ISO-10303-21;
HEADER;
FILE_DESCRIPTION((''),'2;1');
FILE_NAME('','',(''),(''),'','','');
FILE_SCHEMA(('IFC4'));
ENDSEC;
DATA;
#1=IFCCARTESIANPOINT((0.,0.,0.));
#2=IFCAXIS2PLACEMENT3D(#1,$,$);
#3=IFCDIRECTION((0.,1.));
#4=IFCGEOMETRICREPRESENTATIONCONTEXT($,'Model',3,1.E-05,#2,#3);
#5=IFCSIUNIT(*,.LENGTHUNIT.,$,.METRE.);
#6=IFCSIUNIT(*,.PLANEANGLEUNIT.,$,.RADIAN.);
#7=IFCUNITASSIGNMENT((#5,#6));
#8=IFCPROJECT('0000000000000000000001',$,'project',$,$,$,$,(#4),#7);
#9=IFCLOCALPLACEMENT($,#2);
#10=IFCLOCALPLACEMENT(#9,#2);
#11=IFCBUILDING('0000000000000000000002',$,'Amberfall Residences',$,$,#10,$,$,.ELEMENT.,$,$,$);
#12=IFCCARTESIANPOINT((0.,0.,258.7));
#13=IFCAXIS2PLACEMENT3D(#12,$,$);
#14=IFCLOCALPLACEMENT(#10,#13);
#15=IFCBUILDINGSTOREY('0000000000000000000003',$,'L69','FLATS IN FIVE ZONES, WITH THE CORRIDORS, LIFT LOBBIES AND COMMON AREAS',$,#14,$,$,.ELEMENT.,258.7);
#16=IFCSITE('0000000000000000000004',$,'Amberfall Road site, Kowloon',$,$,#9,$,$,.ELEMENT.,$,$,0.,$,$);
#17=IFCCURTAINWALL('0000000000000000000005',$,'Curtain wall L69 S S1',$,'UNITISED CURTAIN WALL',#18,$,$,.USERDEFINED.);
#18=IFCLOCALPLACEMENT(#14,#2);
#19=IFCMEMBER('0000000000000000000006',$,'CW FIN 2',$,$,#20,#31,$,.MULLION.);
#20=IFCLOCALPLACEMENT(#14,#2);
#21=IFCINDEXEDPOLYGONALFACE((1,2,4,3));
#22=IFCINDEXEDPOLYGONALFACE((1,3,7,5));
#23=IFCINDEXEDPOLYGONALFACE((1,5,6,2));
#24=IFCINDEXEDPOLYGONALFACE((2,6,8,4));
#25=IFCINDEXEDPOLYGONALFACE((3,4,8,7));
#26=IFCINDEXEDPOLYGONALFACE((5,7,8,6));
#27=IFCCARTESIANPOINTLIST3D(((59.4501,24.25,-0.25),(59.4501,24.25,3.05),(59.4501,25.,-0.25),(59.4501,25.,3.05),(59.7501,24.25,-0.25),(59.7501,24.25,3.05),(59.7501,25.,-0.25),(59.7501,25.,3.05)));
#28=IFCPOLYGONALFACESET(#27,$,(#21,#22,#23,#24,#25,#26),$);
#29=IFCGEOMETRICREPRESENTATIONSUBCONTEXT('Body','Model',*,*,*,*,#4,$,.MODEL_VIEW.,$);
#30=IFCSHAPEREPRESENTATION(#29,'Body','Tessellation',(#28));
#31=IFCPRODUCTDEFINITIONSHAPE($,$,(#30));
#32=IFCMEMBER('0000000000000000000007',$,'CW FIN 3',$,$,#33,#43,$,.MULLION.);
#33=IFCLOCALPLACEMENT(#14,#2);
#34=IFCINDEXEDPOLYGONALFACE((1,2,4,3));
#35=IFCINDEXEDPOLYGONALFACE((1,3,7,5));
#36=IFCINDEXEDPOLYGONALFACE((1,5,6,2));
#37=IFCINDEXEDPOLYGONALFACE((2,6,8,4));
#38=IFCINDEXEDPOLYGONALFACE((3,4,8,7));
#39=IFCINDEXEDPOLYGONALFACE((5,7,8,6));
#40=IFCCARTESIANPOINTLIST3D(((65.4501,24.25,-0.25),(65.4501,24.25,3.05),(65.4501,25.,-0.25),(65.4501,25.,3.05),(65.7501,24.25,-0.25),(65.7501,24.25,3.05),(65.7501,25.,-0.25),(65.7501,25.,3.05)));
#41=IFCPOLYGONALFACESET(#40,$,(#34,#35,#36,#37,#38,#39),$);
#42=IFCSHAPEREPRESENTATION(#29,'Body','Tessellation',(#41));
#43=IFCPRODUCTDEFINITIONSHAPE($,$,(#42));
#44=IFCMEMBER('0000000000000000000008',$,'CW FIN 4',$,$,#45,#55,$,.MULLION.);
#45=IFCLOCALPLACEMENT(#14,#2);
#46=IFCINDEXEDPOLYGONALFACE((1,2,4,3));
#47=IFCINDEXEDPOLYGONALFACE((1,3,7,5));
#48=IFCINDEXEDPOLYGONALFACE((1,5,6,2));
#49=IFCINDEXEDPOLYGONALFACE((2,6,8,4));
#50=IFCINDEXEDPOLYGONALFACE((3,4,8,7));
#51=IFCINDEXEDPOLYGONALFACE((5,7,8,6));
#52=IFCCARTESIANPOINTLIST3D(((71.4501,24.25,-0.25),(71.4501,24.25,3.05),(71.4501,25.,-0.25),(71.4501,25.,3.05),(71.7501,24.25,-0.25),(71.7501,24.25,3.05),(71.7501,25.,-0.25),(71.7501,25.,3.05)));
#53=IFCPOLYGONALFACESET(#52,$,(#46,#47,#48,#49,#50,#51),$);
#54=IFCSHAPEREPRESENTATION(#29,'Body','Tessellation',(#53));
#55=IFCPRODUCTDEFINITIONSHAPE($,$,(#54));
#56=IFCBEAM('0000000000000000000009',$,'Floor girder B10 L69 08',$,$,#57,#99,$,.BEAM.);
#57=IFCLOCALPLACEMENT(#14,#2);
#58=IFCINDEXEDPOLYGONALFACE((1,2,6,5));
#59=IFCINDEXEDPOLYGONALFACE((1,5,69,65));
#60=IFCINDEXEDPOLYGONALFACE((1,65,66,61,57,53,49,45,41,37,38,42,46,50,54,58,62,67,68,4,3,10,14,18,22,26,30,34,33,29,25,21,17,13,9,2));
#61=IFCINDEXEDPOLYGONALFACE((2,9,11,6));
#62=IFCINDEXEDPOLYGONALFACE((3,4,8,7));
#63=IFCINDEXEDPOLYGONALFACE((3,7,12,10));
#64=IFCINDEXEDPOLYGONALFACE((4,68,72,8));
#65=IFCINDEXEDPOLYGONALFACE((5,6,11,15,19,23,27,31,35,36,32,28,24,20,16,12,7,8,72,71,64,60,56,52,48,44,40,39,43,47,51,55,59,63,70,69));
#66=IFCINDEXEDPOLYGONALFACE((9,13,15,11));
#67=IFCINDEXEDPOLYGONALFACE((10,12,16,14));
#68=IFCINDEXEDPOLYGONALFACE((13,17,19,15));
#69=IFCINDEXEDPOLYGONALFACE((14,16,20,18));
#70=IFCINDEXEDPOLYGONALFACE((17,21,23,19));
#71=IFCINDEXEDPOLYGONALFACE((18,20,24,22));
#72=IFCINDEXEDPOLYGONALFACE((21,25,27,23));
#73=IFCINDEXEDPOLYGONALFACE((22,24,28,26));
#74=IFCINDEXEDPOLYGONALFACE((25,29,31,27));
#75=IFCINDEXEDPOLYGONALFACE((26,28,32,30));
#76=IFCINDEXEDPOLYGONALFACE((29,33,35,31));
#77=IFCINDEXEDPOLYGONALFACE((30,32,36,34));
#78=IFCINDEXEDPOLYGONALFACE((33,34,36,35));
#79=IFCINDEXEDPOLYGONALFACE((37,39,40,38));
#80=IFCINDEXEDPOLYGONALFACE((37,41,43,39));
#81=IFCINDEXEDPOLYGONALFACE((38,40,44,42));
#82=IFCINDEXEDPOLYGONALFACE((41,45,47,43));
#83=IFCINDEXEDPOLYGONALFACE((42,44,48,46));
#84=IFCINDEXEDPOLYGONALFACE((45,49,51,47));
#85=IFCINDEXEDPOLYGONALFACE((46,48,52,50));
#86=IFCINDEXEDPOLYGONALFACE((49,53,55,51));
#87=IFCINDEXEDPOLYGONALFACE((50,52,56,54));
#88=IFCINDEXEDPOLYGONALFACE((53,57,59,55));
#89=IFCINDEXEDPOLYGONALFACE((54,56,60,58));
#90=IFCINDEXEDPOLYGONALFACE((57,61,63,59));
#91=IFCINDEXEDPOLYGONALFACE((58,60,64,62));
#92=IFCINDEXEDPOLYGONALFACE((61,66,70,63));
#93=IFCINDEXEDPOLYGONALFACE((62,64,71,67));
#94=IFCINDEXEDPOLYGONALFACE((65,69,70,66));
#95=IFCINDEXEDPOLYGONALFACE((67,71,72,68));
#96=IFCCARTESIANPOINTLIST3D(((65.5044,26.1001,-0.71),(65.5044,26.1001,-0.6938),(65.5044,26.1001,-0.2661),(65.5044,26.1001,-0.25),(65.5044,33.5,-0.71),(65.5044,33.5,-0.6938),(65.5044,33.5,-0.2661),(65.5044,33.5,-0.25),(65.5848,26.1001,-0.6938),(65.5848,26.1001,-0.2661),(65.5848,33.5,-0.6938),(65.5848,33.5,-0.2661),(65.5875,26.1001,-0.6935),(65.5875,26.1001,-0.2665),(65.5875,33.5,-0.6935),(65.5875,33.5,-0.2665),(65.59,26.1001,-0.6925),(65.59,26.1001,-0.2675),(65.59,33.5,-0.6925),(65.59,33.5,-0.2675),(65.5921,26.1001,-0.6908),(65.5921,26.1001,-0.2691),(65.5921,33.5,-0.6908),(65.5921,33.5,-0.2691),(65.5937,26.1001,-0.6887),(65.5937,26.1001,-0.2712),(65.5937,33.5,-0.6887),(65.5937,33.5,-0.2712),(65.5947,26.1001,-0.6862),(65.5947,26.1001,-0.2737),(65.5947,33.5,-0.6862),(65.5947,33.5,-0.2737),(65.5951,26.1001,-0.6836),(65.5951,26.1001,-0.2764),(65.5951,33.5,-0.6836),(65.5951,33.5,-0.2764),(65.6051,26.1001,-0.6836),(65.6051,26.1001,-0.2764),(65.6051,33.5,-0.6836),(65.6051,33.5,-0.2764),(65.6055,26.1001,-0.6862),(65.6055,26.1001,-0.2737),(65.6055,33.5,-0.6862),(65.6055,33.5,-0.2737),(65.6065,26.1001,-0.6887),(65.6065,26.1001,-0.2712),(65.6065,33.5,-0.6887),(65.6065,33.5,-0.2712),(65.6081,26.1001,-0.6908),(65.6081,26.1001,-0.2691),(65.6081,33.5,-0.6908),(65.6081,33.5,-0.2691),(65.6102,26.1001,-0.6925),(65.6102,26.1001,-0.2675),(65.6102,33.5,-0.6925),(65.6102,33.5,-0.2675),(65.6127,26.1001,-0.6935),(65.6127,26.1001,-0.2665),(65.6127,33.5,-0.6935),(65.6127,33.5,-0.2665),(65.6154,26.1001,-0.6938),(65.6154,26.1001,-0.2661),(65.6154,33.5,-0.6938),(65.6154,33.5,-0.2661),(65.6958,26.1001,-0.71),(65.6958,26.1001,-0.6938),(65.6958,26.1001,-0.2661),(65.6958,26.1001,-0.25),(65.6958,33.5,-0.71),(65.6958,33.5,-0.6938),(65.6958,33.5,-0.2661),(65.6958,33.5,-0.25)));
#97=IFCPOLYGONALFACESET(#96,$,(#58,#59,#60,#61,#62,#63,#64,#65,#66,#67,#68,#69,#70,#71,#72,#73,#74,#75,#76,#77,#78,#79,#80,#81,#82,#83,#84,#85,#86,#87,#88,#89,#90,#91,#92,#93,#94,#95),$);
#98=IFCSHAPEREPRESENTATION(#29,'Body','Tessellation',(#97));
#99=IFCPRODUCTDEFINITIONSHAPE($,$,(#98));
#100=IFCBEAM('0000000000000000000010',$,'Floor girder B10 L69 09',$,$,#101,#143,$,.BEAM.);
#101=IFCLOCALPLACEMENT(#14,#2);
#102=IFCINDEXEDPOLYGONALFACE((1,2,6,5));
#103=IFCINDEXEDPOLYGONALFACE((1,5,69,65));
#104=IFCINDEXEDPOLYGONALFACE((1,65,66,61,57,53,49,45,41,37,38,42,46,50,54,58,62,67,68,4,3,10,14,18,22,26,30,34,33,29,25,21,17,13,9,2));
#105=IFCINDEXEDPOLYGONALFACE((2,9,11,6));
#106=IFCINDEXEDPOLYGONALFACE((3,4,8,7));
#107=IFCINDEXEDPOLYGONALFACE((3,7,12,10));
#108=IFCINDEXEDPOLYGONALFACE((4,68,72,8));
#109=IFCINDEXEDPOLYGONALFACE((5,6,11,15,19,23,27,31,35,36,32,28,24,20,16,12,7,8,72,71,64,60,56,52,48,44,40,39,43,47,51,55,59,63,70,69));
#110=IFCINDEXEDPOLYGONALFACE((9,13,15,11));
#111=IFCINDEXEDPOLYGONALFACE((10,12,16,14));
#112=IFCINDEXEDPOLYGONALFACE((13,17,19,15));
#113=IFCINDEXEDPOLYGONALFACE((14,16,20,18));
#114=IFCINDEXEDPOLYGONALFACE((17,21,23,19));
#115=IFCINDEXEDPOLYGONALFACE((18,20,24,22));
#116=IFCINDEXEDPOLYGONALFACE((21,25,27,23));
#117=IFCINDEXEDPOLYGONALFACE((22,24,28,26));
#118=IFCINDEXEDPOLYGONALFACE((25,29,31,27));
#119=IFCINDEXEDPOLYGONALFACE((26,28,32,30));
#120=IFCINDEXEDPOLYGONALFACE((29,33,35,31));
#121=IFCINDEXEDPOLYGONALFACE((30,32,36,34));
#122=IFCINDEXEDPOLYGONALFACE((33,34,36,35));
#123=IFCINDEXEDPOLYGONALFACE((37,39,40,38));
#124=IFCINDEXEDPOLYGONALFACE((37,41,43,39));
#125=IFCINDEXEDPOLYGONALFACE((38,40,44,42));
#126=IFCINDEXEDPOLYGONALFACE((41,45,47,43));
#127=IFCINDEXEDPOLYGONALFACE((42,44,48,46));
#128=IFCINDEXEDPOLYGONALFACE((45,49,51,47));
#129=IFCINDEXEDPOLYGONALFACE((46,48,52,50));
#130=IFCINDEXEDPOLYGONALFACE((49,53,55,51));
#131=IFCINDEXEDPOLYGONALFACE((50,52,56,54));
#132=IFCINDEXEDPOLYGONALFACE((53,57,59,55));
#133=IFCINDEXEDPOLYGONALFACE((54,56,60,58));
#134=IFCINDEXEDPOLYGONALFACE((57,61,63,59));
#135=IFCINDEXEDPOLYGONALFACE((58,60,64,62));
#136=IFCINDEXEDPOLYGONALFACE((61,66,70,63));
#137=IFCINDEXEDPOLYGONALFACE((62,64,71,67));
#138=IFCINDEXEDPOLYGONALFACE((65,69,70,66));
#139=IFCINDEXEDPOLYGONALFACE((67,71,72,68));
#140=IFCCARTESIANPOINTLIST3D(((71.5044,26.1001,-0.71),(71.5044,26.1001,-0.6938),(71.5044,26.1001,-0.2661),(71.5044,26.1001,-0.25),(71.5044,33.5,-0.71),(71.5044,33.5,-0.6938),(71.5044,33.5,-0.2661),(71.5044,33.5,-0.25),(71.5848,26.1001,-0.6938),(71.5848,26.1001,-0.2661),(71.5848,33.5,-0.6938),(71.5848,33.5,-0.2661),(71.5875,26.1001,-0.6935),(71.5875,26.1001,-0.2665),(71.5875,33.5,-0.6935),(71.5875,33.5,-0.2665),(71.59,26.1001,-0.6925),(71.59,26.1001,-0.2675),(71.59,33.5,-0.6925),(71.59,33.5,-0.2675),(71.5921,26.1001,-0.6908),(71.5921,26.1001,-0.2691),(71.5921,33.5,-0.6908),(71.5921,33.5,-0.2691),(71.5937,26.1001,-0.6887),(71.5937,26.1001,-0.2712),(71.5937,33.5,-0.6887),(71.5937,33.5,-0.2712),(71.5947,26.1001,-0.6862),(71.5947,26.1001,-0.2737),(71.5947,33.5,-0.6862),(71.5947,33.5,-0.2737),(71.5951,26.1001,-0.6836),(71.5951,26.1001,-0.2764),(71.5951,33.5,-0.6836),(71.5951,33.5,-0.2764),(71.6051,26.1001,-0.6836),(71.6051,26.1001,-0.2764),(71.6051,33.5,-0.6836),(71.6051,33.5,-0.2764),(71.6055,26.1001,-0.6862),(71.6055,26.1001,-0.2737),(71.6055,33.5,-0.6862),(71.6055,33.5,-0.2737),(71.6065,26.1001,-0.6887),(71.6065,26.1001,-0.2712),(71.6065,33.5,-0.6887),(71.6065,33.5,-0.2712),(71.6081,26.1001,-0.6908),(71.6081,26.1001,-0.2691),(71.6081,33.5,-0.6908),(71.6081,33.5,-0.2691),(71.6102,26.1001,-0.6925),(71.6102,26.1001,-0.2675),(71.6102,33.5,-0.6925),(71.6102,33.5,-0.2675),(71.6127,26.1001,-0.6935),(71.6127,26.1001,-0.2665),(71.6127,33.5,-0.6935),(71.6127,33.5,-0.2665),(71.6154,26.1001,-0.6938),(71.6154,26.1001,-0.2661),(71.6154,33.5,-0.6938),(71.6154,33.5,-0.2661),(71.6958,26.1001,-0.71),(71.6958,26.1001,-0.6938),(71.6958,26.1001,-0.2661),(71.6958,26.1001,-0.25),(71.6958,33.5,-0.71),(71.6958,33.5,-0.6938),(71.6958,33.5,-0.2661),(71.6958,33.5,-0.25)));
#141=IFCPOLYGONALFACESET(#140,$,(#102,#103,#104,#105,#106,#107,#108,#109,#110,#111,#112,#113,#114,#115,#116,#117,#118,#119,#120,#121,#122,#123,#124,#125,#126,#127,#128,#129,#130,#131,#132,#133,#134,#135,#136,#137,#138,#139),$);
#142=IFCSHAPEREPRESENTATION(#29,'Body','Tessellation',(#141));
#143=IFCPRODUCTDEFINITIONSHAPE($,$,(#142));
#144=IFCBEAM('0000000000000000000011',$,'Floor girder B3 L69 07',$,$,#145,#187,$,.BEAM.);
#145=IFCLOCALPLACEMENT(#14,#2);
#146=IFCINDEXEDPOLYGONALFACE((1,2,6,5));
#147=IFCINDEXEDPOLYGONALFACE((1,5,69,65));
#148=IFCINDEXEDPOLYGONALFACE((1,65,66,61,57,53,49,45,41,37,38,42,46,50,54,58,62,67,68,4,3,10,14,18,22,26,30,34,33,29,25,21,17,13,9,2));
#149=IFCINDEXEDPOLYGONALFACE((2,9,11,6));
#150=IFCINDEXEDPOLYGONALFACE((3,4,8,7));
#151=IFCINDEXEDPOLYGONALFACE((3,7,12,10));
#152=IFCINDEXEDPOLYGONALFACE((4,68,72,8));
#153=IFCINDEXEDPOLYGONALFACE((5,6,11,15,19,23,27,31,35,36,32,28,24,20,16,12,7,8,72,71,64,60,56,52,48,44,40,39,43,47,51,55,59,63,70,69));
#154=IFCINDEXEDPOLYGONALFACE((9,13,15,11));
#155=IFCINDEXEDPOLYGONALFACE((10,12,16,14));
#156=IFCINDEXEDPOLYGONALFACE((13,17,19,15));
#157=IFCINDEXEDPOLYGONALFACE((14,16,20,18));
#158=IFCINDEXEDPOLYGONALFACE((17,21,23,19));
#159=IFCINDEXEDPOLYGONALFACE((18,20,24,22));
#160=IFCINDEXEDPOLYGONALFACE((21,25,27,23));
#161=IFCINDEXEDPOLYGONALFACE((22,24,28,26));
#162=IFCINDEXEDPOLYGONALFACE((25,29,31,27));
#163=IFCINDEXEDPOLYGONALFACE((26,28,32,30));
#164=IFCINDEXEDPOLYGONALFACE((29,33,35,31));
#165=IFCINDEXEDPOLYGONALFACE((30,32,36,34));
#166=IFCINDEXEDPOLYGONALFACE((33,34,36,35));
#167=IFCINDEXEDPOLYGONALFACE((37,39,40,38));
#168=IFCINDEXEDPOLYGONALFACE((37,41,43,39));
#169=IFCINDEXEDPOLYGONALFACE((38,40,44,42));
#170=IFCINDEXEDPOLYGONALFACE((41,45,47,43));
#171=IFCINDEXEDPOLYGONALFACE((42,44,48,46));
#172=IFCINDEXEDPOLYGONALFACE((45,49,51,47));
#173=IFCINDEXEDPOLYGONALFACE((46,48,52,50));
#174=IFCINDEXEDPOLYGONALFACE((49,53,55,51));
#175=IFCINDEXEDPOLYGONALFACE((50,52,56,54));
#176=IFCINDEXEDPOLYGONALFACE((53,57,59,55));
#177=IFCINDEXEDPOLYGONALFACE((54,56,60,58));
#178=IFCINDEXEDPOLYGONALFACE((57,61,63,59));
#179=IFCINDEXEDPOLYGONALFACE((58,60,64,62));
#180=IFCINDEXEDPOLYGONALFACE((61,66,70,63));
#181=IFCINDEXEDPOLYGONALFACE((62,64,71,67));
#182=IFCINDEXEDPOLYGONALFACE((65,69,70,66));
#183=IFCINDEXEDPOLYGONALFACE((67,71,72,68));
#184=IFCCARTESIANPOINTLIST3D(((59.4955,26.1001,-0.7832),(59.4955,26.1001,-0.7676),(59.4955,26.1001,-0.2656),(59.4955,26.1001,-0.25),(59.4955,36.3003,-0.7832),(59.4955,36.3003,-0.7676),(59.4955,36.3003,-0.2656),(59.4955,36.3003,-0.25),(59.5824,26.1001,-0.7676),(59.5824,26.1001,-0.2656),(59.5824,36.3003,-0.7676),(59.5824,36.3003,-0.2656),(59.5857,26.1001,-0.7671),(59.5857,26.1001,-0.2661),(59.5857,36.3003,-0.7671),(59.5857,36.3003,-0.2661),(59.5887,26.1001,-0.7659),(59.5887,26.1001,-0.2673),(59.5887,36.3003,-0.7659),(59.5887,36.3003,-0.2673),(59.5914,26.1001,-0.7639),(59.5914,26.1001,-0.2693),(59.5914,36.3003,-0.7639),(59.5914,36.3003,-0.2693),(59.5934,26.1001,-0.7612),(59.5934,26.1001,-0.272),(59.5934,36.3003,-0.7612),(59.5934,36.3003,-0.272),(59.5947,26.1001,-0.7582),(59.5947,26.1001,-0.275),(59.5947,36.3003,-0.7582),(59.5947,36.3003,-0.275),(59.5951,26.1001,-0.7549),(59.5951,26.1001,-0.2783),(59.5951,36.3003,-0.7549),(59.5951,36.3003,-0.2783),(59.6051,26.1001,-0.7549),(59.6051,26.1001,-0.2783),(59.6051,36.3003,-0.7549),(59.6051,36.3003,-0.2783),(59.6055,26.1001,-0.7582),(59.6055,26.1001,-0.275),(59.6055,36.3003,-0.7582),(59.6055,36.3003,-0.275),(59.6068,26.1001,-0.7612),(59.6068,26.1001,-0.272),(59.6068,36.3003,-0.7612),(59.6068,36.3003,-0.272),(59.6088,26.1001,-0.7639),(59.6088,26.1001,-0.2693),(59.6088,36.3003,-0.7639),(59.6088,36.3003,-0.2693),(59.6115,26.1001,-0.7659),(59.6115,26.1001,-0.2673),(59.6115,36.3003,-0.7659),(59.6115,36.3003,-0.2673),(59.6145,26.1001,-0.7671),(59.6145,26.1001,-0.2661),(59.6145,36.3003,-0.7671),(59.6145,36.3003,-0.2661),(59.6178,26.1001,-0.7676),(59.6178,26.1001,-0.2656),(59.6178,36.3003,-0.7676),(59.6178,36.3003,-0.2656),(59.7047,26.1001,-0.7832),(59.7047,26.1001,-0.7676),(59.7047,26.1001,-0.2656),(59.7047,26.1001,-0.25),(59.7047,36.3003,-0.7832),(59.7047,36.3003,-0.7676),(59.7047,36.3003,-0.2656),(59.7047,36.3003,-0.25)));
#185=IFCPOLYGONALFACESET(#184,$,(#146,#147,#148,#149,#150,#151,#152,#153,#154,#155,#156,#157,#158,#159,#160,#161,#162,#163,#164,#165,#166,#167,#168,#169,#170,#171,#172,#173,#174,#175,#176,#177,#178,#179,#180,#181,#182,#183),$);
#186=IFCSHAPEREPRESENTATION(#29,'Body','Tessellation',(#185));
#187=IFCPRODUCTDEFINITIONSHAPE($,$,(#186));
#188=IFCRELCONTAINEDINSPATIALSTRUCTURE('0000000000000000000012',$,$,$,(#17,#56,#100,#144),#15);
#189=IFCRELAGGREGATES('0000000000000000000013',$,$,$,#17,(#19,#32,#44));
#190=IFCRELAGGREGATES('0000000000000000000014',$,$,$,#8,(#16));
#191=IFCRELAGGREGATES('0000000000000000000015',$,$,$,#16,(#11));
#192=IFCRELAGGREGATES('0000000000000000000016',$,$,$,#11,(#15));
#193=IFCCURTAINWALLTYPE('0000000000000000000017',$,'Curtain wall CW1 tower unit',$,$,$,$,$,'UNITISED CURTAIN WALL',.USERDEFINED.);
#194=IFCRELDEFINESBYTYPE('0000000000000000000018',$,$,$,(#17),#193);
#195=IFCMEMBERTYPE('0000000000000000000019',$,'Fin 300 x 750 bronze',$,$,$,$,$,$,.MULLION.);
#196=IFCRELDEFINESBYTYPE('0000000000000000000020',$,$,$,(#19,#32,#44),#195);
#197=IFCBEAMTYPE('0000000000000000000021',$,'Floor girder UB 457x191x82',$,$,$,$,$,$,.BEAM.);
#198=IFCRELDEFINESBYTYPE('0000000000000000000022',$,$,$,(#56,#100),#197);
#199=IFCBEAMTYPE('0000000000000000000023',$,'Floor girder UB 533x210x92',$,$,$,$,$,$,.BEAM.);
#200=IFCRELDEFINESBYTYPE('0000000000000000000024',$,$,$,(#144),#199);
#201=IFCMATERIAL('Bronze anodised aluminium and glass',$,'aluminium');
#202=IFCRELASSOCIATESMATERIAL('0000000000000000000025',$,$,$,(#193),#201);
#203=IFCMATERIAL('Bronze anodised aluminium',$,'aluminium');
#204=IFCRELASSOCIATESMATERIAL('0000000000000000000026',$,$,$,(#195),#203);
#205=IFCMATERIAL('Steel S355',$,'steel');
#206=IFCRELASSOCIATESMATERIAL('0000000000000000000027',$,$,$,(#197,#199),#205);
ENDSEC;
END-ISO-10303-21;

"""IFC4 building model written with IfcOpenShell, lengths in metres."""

from ifc_helpers import new_model, si_unit, direction, frame, origin, origin_2d, place, context, subcontext, project, spatial, rectangle, i_section, extrude, material, material_profile, profile_set, type_object, element, aggregate, save


model = new_model("IFC4")

# Units and contexts
model_context = context("Model", 3, precision=1e-05, world=origin(), true_north=direction((0.0, 1.0)))
body_context = subcontext(model_context, "Body", "Model", "MODEL_VIEW")
ifc_project = project(units=[si_unit("LENGTHUNIT", "METRE"), si_unit("PLANEANGLEUNIT", "RADIAN")], contexts=[model_context])

# Site, building, storey
site_placement = place(None, origin())
site = spatial("IfcSite", under=ifc_project, at=site_placement, Name="Amberfall Road site, Kowloon", CompositionType="ELEMENT", RefElevation=0.0)
building_placement = place(site_placement, origin())
building = spatial("IfcBuilding", under=site, at=building_placement, Name="Amberfall Residences", CompositionType="ELEMENT")
storey_placement = place(building_placement, frame((0.0, 0.0, 258.7)))
storey = spatial("IfcBuildingStorey", under=building, at=storey_placement, Name="L69", Description="FLATS IN FIVE ZONES, WITH THE CORRIDORS, LIFT LOBBIES AND COMMON AREAS", CompositionType="ELEMENT", Elevation=258.7)

# Curtain wall
ifc_material_1 = material(Name="Bronze anodised aluminium and glass", Category="aluminium")
curtain_wall_type = type_object("IfcCurtainWallType", Name="Curtain wall CW1 tower unit", ElementType="UNITISED CURTAIN WALL", PredefinedType="USERDEFINED", material=ifc_material_1)
curtain_wall_placement = place(storey_placement, origin())
curtain_wall = element("IfcCurtainWall", 1, at=curtain_wall_placement, inside=storey, type_object=curtain_wall_type, Name="Curtain wall L69 S S1", ObjectType="UNITISED CURTAIN WALL", PredefinedType="USERDEFINED")
ifc_material_2 = material(Name="Bronze anodised aluminium", Category="aluminium")

# Shared definitions
ifc_material_3 = material(Name="Steel S355", Category="steel")

# Members
ifc_material_profile_1 = material_profile(ifc_material_2, rectangle(XDim=0.75, YDim=0.3, at=origin_2d()), Name="Fin 300 x 750 bronze")
ifc_profile_set_1 = profile_set([ifc_material_profile_1], Name="Bronze anodised aluminium")
member_type_1 = type_object("IfcMemberType", Name="Fin 300 x 750 bronze", PredefinedType="MULLION", material=ifc_profile_set_1)
member_1_placement = place(storey_placement, frame((59.6001, 24.625, -0.25), z_axis=(0.0, 0.0, 1.0), x_axis=(0.0, 1.0, 0.0)))
member_1 = element("IfcMember", 2, at=member_1_placement, type_object=member_type_1, Name="CW FIN 2", PredefinedType="MULLION", context=body_context, shape_type="SweptSolid", body=[
    extrude(rectangle(XDim=0.75, YDim=0.3, at=origin_2d()), origin(), (0.0, 0.0, 1.0), 3.3),
])
member_2_placement = place(storey_placement, frame((65.6001, 24.625, -0.25), z_axis=(0.0, 0.0, 1.0), x_axis=(0.0, 1.0, 0.0)))
member_2 = element("IfcMember", 3, at=member_2_placement, type_object=member_type_1, Name="CW FIN 3", PredefinedType="MULLION", context=body_context, shape_type="SweptSolid", body=[
    extrude(rectangle(XDim=0.75, YDim=0.3, at=origin_2d()), origin(), (0.0, 0.0, 1.0), 3.3),
])
member_3_placement = place(storey_placement, frame((71.6001, 24.625, -0.25), z_axis=(0.0, 0.0, 1.0), x_axis=(0.0, 1.0, 0.0)))
member_3 = element("IfcMember", 4, at=member_3_placement, type_object=member_type_1, Name="CW FIN 4", PredefinedType="MULLION", context=body_context, shape_type="SweptSolid", body=[
    extrude(rectangle(XDim=0.75, YDim=0.3, at=origin_2d()), origin(), (0.0, 0.0, 1.0), 3.3),
])

# Beams
ifc_material_profile_2 = material_profile(ifc_material_3, i_section(OverallWidth=0.1914, OverallDepth=0.46, WebThickness=0.01, FlangeThickness=0.0161, FilletRadius=0.0103, at=origin_2d()), Name="UB 457x191x82")
ifc_profile_set_2 = profile_set([ifc_material_profile_2], Name="Steel S355")
beam_type_1 = type_object("IfcBeamType", Name="Floor girder UB 457x191x82", PredefinedType="BEAM", material=ifc_profile_set_2)
for number, where, z_axis, x_axis, name in (
    (5, (65.6001, 26.1001, -0.48), (0.0, 1.0, 0.0), (-1.0, 0.0, 0.0), "Floor girder B10 L69 08"),
    (6, (71.6001, 26.1001, -0.48), (0.0, 1.0, 0.0), (-1.0, 0.0, 0.0), "Floor girder B10 L69 09"),
):
    element("IfcBeam", number, at=place(storey_placement, frame(where, z_axis=z_axis, x_axis=x_axis)), inside=storey, type_object=beam_type_1, Name=name, PredefinedType="BEAM", context=body_context, shape_type="SweptSolid", body=[
        extrude(i_section(OverallWidth=0.1914, OverallDepth=0.46, WebThickness=0.01, FlangeThickness=0.0161, FilletRadius=0.0103, at=origin_2d()), origin(), (0.0, 0.0, 1.0), 7.3999),
    ])
ifc_material_profile_3 = material_profile(ifc_material_3, i_section(OverallWidth=0.2092, OverallDepth=0.5332, WebThickness=0.01, FlangeThickness=0.0156, FilletRadius=0.0127, at=origin_2d()), Name="UB 533x210x92")
ifc_profile_set_3 = profile_set([ifc_material_profile_3], Name="Steel S355")
beam_type_2 = type_object("IfcBeamType", Name="Floor girder UB 533x210x92", PredefinedType="BEAM", material=ifc_profile_set_3)
beam_placement = place(storey_placement, frame((59.6001, 26.1001, -0.5166), z_axis=(0.0, 1.0, 0.0), x_axis=(-1.0, 0.0, 0.0)))
element("IfcBeam", 7, at=beam_placement, inside=storey, type_object=beam_type_2, Name="Floor girder B3 L69 07", PredefinedType="BEAM", context=body_context, shape_type="SweptSolid", body=[
    extrude(i_section(OverallWidth=0.2092, OverallDepth=0.5332, WebThickness=0.01, FlangeThickness=0.0156, FilletRadius=0.0127, at=origin_2d()), origin(), (0.0, 0.0, 1.0), 10.2002),
])

aggregate(curtain_wall, [member_1, member_2, member_3])

save(model, "model.ifc")
